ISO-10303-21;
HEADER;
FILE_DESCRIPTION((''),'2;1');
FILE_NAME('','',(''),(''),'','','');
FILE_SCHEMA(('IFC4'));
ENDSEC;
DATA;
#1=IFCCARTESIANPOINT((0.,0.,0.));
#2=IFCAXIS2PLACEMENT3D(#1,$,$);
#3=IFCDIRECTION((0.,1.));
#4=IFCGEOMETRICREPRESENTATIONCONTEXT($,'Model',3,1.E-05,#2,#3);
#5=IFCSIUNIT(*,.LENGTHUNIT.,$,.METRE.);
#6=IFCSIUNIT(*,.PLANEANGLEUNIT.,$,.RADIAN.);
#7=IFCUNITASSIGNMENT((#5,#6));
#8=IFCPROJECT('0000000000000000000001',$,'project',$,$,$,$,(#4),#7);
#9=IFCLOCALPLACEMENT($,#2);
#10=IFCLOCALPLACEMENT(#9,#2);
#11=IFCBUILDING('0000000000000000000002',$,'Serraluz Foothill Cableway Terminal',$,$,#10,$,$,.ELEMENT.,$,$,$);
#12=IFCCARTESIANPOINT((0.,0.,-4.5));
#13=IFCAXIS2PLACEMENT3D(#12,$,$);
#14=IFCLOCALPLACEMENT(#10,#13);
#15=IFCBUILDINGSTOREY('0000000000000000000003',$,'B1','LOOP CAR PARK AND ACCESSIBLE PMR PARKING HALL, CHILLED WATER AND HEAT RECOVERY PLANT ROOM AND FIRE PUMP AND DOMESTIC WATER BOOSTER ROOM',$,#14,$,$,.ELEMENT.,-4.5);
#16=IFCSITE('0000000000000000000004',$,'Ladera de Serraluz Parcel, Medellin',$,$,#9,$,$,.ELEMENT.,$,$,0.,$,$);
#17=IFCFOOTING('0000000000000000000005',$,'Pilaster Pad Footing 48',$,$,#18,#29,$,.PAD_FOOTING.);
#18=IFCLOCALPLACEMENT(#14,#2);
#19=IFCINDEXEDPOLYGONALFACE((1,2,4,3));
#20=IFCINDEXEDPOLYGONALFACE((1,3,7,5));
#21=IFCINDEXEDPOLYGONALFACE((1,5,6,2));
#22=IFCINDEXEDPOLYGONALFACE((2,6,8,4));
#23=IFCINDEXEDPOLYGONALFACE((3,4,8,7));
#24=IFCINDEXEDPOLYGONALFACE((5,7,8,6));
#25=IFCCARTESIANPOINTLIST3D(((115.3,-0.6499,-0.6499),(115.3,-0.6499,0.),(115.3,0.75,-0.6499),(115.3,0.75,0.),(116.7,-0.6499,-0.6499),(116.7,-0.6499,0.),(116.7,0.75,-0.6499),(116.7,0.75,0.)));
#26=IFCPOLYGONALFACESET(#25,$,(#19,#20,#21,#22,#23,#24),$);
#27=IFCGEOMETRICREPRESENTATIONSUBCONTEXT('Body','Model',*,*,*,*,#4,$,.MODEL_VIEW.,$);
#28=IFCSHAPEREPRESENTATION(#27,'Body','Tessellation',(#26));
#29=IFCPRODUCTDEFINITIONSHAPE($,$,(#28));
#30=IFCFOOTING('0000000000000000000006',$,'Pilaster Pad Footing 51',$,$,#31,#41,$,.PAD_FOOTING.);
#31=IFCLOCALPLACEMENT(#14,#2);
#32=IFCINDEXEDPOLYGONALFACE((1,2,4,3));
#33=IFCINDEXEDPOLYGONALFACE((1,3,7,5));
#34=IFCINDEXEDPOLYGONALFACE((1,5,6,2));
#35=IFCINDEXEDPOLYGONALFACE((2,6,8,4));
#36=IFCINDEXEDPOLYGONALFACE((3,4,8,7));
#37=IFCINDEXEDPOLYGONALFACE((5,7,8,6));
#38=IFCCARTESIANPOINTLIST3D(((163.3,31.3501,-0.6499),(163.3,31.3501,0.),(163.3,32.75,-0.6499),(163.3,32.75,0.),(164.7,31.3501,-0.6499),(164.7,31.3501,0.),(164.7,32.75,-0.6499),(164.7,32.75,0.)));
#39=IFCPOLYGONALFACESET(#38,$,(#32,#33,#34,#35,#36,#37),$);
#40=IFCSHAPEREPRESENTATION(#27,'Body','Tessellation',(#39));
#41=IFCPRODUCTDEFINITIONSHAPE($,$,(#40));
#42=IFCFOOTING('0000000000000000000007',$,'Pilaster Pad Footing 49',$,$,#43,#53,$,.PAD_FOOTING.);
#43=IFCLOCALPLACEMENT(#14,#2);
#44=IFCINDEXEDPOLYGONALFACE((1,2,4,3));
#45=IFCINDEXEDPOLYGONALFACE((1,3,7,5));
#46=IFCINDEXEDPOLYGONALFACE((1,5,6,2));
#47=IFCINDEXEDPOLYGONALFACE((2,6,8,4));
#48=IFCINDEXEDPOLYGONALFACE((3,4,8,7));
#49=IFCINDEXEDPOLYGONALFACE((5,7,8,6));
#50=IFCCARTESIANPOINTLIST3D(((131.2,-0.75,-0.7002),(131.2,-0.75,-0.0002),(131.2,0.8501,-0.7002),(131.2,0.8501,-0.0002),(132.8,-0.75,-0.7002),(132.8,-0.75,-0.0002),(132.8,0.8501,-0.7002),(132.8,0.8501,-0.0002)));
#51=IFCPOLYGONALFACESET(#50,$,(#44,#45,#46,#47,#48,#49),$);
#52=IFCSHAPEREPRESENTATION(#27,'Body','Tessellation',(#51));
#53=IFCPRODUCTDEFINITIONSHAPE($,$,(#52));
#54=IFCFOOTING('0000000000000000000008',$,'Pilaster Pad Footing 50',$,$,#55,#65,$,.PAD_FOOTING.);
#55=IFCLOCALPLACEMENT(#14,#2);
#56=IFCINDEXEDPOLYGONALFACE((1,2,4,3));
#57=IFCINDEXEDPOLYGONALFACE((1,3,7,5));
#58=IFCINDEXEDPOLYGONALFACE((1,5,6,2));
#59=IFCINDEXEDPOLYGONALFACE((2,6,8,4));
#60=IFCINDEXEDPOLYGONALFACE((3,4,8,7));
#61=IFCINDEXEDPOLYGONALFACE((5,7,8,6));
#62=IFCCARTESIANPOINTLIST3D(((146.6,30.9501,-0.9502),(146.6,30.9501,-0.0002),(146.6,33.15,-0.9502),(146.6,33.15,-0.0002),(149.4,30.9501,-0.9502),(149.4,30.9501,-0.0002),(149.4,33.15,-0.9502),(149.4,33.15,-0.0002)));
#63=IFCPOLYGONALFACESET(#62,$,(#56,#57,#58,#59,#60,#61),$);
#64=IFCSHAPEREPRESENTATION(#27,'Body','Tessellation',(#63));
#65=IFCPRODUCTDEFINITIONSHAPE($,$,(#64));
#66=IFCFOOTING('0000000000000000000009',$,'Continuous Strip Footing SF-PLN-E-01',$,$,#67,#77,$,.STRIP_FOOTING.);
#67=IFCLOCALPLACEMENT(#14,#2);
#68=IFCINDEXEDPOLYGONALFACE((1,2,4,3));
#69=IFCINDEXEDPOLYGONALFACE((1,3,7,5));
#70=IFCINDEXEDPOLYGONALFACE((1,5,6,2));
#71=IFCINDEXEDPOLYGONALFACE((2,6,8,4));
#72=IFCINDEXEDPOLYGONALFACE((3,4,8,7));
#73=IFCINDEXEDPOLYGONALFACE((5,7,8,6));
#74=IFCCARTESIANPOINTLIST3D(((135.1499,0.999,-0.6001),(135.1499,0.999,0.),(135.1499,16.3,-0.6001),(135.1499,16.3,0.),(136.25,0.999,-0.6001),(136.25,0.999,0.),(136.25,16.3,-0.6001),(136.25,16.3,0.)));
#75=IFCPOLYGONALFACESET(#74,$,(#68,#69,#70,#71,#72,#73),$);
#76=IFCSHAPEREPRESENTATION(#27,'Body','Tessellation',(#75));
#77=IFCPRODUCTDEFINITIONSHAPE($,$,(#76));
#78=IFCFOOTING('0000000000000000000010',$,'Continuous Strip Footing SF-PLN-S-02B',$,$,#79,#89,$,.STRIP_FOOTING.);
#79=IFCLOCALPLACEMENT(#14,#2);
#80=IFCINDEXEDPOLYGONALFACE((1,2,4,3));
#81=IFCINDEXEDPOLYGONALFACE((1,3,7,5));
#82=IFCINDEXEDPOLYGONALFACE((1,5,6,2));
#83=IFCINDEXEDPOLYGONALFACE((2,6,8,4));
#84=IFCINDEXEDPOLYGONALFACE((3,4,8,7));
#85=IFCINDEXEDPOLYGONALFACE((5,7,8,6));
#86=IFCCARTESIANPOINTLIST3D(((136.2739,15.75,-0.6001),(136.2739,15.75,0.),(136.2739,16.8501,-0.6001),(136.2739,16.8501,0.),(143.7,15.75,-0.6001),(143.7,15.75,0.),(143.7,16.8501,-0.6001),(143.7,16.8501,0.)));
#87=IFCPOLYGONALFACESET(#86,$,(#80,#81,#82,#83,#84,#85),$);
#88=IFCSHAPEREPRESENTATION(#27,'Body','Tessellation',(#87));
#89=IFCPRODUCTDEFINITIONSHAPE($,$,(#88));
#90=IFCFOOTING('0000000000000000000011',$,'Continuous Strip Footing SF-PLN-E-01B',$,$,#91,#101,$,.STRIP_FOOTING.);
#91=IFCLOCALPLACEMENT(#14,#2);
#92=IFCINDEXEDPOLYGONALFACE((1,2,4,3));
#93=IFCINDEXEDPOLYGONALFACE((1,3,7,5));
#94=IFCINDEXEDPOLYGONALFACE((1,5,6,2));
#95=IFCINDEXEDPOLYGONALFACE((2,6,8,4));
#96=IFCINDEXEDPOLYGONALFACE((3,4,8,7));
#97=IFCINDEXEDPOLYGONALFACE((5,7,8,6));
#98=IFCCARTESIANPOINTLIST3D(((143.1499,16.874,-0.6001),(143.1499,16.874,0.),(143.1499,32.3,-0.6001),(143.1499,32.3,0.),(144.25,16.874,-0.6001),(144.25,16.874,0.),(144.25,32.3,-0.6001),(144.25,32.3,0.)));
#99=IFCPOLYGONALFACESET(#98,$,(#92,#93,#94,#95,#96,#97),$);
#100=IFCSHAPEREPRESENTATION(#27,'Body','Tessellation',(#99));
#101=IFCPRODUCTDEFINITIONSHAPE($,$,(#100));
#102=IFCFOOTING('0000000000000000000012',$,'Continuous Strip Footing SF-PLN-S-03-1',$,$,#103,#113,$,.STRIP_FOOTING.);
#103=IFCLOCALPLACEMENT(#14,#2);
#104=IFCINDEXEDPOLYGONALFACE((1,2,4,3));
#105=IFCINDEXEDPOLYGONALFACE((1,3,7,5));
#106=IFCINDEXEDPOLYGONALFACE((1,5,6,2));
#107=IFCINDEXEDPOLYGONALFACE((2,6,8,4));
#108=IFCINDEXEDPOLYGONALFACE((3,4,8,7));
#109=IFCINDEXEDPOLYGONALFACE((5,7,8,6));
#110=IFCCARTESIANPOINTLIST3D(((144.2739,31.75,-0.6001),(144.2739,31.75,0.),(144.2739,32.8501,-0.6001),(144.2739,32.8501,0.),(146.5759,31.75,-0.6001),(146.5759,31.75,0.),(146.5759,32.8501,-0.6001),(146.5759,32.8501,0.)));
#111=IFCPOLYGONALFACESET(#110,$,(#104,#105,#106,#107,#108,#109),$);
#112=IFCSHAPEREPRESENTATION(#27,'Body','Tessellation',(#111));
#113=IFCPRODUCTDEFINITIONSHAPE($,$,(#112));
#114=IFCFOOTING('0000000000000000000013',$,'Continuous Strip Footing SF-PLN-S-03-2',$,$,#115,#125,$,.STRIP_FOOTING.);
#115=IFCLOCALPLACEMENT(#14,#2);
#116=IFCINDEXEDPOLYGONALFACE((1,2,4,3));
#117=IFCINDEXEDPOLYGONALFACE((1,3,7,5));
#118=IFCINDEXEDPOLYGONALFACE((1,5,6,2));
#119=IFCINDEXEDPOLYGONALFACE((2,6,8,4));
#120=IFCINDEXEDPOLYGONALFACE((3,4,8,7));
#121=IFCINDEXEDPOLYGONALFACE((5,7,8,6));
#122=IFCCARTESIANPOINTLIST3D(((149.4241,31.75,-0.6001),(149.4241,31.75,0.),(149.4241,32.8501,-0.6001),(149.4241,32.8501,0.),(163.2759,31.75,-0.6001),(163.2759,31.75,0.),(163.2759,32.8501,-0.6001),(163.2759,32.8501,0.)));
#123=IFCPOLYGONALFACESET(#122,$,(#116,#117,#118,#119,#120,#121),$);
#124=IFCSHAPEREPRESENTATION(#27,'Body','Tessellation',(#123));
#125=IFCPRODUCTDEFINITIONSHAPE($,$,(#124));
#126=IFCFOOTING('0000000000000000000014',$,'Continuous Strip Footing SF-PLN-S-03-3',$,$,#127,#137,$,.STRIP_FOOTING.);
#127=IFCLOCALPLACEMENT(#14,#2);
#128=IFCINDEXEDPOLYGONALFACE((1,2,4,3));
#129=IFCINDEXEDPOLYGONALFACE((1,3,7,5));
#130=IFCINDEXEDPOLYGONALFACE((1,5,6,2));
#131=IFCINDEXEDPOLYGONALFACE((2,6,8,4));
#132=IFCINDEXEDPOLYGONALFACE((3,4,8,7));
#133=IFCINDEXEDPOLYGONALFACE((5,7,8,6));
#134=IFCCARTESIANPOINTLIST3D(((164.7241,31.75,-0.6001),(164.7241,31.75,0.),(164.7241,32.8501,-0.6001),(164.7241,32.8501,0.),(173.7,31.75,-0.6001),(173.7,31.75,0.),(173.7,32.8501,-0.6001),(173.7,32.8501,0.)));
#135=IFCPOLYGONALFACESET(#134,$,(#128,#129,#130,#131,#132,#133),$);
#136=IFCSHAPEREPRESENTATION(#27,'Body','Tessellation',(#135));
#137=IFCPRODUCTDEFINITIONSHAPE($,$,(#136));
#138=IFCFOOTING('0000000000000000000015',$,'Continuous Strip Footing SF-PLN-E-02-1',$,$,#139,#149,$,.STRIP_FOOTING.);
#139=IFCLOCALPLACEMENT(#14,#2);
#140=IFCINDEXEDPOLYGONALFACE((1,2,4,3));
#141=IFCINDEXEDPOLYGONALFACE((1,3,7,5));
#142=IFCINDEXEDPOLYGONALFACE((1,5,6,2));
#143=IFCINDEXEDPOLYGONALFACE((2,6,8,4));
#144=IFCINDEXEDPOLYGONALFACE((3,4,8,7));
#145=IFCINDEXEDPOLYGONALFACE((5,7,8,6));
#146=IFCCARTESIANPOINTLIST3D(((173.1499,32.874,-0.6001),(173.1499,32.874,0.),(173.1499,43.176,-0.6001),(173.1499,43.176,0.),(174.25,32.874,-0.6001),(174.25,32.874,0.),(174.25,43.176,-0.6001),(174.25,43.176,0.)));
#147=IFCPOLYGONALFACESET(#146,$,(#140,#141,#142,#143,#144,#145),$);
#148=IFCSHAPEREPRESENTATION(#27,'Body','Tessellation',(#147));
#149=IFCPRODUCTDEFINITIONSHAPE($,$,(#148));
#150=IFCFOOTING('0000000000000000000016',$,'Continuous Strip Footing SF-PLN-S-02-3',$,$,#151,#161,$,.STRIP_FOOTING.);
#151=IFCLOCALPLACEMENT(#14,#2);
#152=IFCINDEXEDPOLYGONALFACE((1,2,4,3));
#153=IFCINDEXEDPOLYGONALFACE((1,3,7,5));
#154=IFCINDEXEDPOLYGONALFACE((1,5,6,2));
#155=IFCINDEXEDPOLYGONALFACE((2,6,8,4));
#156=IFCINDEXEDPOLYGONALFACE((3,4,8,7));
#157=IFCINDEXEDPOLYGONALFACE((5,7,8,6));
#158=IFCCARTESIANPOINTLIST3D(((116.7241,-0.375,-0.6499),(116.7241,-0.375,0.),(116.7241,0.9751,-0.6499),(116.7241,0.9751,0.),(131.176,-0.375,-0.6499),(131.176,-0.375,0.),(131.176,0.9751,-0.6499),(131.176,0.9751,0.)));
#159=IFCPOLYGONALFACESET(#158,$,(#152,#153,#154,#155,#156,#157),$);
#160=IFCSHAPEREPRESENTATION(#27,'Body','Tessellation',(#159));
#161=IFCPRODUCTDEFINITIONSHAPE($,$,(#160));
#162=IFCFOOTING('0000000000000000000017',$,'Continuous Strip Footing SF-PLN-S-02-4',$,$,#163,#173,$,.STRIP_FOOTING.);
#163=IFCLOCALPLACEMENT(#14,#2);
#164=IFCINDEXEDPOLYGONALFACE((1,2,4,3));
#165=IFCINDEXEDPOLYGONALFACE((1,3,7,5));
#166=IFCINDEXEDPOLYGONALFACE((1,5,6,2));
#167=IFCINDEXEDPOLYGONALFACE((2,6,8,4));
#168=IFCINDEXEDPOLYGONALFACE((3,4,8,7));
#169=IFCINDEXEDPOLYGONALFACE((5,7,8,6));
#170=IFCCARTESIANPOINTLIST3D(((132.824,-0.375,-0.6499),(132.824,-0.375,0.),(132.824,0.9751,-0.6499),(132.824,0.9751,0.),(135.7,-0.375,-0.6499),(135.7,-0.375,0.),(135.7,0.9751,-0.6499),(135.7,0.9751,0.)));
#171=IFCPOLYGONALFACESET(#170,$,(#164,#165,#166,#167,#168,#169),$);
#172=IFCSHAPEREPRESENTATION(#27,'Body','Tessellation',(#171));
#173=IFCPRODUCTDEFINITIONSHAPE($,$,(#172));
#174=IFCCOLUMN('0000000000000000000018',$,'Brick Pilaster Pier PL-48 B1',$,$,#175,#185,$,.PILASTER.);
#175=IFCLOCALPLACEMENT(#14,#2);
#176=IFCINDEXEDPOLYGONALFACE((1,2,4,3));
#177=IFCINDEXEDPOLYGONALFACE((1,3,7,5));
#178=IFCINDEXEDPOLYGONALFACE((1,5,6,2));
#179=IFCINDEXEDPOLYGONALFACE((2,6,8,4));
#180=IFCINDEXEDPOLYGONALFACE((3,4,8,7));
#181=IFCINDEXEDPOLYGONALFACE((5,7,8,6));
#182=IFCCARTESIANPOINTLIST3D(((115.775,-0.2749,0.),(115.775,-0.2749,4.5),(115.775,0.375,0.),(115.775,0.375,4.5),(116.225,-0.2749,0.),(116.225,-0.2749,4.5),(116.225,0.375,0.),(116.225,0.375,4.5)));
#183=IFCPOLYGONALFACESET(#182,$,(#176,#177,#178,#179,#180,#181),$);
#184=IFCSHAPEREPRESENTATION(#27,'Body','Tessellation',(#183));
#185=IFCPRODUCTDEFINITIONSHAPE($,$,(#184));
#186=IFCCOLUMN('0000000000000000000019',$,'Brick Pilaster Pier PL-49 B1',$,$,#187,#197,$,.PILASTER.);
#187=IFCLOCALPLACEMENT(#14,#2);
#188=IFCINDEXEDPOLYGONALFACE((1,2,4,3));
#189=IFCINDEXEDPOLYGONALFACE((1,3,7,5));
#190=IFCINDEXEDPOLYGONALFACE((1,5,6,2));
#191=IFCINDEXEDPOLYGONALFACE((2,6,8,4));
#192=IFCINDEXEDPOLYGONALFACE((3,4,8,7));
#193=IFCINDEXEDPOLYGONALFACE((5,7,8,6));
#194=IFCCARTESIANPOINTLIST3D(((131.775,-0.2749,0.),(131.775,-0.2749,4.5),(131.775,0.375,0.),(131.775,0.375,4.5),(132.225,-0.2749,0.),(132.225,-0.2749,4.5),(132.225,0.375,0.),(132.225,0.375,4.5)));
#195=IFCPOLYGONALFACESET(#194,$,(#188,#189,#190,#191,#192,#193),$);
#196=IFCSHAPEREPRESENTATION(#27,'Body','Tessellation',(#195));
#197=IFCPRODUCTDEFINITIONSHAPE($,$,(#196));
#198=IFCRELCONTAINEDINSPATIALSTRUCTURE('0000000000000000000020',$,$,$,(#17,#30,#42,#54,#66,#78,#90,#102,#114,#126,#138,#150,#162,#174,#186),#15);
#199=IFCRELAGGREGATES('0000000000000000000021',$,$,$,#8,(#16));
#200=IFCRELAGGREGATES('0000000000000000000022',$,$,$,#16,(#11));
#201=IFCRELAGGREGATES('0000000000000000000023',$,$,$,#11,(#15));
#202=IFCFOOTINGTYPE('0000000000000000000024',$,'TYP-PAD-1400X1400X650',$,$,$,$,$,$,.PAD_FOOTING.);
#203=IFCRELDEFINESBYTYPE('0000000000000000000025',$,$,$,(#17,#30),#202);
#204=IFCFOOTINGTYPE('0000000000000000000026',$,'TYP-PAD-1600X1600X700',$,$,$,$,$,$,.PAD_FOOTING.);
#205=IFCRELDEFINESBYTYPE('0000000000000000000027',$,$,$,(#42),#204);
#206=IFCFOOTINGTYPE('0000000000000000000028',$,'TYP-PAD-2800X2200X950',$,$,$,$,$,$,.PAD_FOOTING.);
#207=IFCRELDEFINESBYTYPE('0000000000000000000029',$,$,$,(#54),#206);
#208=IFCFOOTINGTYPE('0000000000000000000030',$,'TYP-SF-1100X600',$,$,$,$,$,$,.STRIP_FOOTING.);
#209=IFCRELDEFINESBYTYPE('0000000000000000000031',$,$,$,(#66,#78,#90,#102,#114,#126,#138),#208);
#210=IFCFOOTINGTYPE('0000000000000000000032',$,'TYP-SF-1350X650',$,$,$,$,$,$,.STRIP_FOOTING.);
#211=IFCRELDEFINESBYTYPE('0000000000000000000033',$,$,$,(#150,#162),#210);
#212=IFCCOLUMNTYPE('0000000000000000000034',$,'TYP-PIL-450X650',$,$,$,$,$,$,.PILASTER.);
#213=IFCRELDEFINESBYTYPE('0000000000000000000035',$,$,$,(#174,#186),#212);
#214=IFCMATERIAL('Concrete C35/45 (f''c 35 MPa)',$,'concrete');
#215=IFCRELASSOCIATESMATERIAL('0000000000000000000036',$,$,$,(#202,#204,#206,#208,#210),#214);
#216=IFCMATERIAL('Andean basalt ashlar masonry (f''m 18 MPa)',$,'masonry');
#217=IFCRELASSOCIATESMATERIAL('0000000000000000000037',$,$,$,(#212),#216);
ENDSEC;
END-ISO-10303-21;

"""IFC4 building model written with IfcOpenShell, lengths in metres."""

from ifc_helpers import new_model, si_unit, direction, frame, origin, origin_2d, place, context, subcontext, project, spatial, rectangle, extrude, material, material_profile, profile_set, type_object, element, save


model = new_model("IFC4")

# Units and contexts
model_context = context("Model", 3, precision=1e-05, world=origin(), true_north=direction((0.0, 1.0)))
body_context = subcontext(model_context, "Body", "Model", "MODEL_VIEW")
ifc_project = project(units=[si_unit("LENGTHUNIT", "METRE"), si_unit("PLANEANGLEUNIT", "RADIAN")], contexts=[model_context])

# Site, building, storey
site_placement = place(None, origin())
site = spatial("IfcSite", under=ifc_project, at=site_placement, Name="Ladera de Serraluz Parcel, Medellin", CompositionType="ELEMENT", RefElevation=0.0)
building_placement = place(site_placement, origin())
building = spatial("IfcBuilding", under=site, at=building_placement, Name="Serraluz Foothill Cableway Terminal", CompositionType="ELEMENT")
storey_placement = place(building_placement, frame((0.0, 0.0, -4.5)))
storey = spatial("IfcBuildingStorey", under=building, at=storey_placement, Name="B1", Description="LOOP CAR PARK AND ACCESSIBLE PMR PARKING HALL, CHILLED WATER AND HEAT RECOVERY PLANT ROOM AND FIRE PUMP AND DOMESTIC WATER BOOSTER ROOM", CompositionType="ELEMENT", Elevation=-4.5)

# Footings
ifc_material_1 = material(Name="Concrete C35/45 (f'c 35 MPa)", Category="concrete")
footing_type_1 = type_object("IfcFootingType", Name="TYP-PAD-1400X1400X650", PredefinedType="PAD_FOOTING", material=ifc_material_1)
for number, where, z_axis, x_axis, name in (
    (1, (116.0, 0.05, -0.6499), (0.0, 0.0, 1.0), (1.0, 0.0, 0.0), "Pilaster Pad Footing 48"),
    (2, (164.0, 32.05, -0.6499), (0.0, 0.0, 1.0), (1.0, 0.0, 0.0), "Pilaster Pad Footing 51"),
):
    element("IfcFooting", number, at=place(storey_placement, frame(where, z_axis=z_axis, x_axis=x_axis)), inside=storey, type_object=footing_type_1, Name=name, PredefinedType="PAD_FOOTING", context=body_context, shape_type="SweptSolid", body=[
        extrude(rectangle(XDim=1.3999, YDim=1.3999, at=origin_2d()), origin(), (0.0, 0.0, 1.0), 0.6499),
    ])
footing_type_2 = type_object("IfcFootingType", Name="TYP-PAD-1600X1600X700", PredefinedType="PAD_FOOTING", material=ifc_material_1)
footing_1_placement = place(storey_placement, frame((132.0, 0.05, -0.7002), z_axis=(0.0, 0.0, 1.0), x_axis=(1.0, 0.0, 0.0)))
element("IfcFooting", 3, at=footing_1_placement, inside=storey, type_object=footing_type_2, Name="Pilaster Pad Footing 49", PredefinedType="PAD_FOOTING", context=body_context, shape_type="SweptSolid", body=[
    extrude(rectangle(XDim=1.6001, YDim=1.6001, at=origin_2d()), origin(), (0.0, 0.0, 1.0), 0.7),
])
footing_type_3 = type_object("IfcFootingType", Name="TYP-PAD-2800X2200X950", PredefinedType="PAD_FOOTING", material=ifc_material_1)
footing_2_placement = place(storey_placement, frame((148.0, 32.05, -0.9502), z_axis=(0.0, 0.0, 1.0), x_axis=(1.0, 0.0, 0.0)))
element("IfcFooting", 4, at=footing_2_placement, inside=storey, type_object=footing_type_3, Name="Pilaster Pad Footing 50", PredefinedType="PAD_FOOTING", context=body_context, shape_type="SweptSolid", body=[
    extrude(rectangle(XDim=2.8, YDim=2.2, at=origin_2d()), origin(), (0.0, 0.0, 1.0), 0.95),
])
ifc_material_profile_1 = material_profile(ifc_material_1, rectangle(XDim=1.1001, YDim=0.6001, at=origin_2d()), Name="SF 1100x600")
ifc_profile_set_1 = profile_set([ifc_material_profile_1], Name="Concrete C35/45 (f'c 35 MPa)")
footing_type_4 = type_object("IfcFootingType", Name="TYP-SF-1100X600", PredefinedType="STRIP_FOOTING", material=ifc_profile_set_1)
footing_3_placement = place(storey_placement, frame((135.7, 0.999, -0.3), z_axis=(0.0, 1.0, 0.0), x_axis=(-1.0, 0.0, 0.0)))
element("IfcFooting", 5, at=footing_3_placement, inside=storey, type_object=footing_type_4, Name="Continuous Strip Footing SF-PLN-E-01", PredefinedType="STRIP_FOOTING", context=body_context, shape_type="SweptSolid", body=[
    extrude(rectangle(XDim=1.1001, YDim=0.6001, at=origin_2d()), origin(), (0.0, 0.0, 1.0), 15.301),
])
footing_4_placement = place(storey_placement, frame((136.2739, 16.3, -0.3), z_axis=(1.0, 0.0, 0.0), x_axis=(0.0, 1.0, 0.0)))
element("IfcFooting", 6, at=footing_4_placement, inside=storey, type_object=footing_type_4, Name="Continuous Strip Footing SF-PLN-S-02B", PredefinedType="STRIP_FOOTING", context=body_context, shape_type="SweptSolid", body=[
    extrude(rectangle(XDim=1.1001, YDim=0.6001, at=origin_2d()), origin(), (0.0, 0.0, 1.0), 7.426),
])
footing_5_placement = place(storey_placement, frame((143.7, 16.874, -0.3), z_axis=(0.0, 1.0, 0.0), x_axis=(-1.0, 0.0, 0.0)))
element("IfcFooting", 7, at=footing_5_placement, inside=storey, type_object=footing_type_4, Name="Continuous Strip Footing SF-PLN-E-01B", PredefinedType="STRIP_FOOTING", context=body_context, shape_type="SweptSolid", body=[
    extrude(rectangle(XDim=1.1001, YDim=0.6001, at=origin_2d()), origin(), (0.0, 0.0, 1.0), 15.426),
])
footing_6_placement = place(storey_placement, frame((144.2739, 32.3, -0.3), z_axis=(1.0, 0.0, 0.0), x_axis=(0.0, 1.0, 0.0)))
element("IfcFooting", 8, at=footing_6_placement, inside=storey, type_object=footing_type_4, Name="Continuous Strip Footing SF-PLN-S-03-1", PredefinedType="STRIP_FOOTING", context=body_context, shape_type="SweptSolid", body=[
    extrude(rectangle(XDim=1.1001, YDim=0.6001, at=origin_2d()), origin(), (0.0, 0.0, 1.0), 2.302),
])
footing_7_placement = place(storey_placement, frame((149.4241, 32.3, -0.3), z_axis=(1.0, 0.0, 0.0), x_axis=(0.0, 1.0, 0.0)))
element("IfcFooting", 9, at=footing_7_placement, inside=storey, type_object=footing_type_4, Name="Continuous Strip Footing SF-PLN-S-03-2", PredefinedType="STRIP_FOOTING", context=body_context, shape_type="SweptSolid", body=[
    extrude(rectangle(XDim=1.1001, YDim=0.6001, at=origin_2d()), origin(), (0.0, 0.0, 1.0), 13.8518),
])
footing_8_placement = place(storey_placement, frame((164.7241, 32.3, -0.3), z_axis=(1.0, 0.0, 0.0), x_axis=(0.0, 1.0, 0.0)))
element("IfcFooting", 10, at=footing_8_placement, inside=storey, type_object=footing_type_4, Name="Continuous Strip Footing SF-PLN-S-03-3", PredefinedType="STRIP_FOOTING", context=body_context, shape_type="SweptSolid", body=[
    extrude(rectangle(XDim=1.1001, YDim=0.6001, at=origin_2d()), origin(), (0.0, 0.0, 1.0), 8.9758),
])
footing_9_placement = place(storey_placement, frame((173.7, 32.874, -0.3), z_axis=(0.0, 1.0, 0.0), x_axis=(-1.0, 0.0, 0.0)))
element("IfcFooting", 11, at=footing_9_placement, inside=storey, type_object=footing_type_4, Name="Continuous Strip Footing SF-PLN-E-02-1", PredefinedType="STRIP_FOOTING", context=body_context, shape_type="SweptSolid", body=[
    extrude(rectangle(XDim=1.1001, YDim=0.6001, at=origin_2d()), origin(), (0.0, 0.0, 1.0), 10.302),
])
ifc_material_profile_2 = material_profile(ifc_material_1, rectangle(XDim=1.3501, YDim=0.6499, at=origin_2d()), Name="SF 1350x650")
ifc_profile_set_2 = profile_set([ifc_material_profile_2], Name="Concrete C35/45 (f'c 35 MPa)")
footing_type_5 = type_object("IfcFootingType", Name="TYP-SF-1350X650", PredefinedType="STRIP_FOOTING", material=ifc_profile_set_2)
footing_10_placement = place(storey_placement, frame((116.7241, 0.3, -0.325), z_axis=(1.0, 0.0, 0.0), x_axis=(0.0, 1.0, 0.0)))
element("IfcFooting", 12, at=footing_10_placement, inside=storey, type_object=footing_type_5, Name="Continuous Strip Footing SF-PLN-S-02-3", PredefinedType="STRIP_FOOTING", context=body_context, shape_type="SweptSolid", body=[
    extrude(rectangle(XDim=1.3501, YDim=0.6499, at=origin_2d()), origin(), (0.0, 0.0, 1.0), 14.4519),
])
footing_11_placement = place(storey_placement, frame((132.824, 0.3, -0.325), z_axis=(1.0, 0.0, 0.0), x_axis=(0.0, 1.0, 0.0)))
element("IfcFooting", 13, at=footing_11_placement, inside=storey, type_object=footing_type_5, Name="Continuous Strip Footing SF-PLN-S-02-4", PredefinedType="STRIP_FOOTING", context=body_context, shape_type="SweptSolid", body=[
    extrude(rectangle(XDim=1.3501, YDim=0.6499, at=origin_2d()), origin(), (0.0, 0.0, 1.0), 2.876),
])

# Columns
ifc_material_2 = material(Name="Andean basalt ashlar masonry (f'm 18 MPa)", Category="masonry")
ifc_material_profile_3 = material_profile(ifc_material_2, rectangle(XDim=0.45, YDim=0.6499, at=origin_2d()), Name="PIL 450x650")
ifc_profile_set_3 = profile_set([ifc_material_profile_3], Name="Andean basalt ashlar masonry (f'm 18 MPa)")
column_type = type_object("IfcColumnType", Name="TYP-PIL-450X650", PredefinedType="PILASTER", material=ifc_profile_set_3)
for number, where, z_axis, x_axis, name in (
    (14, (116.0, 0.05, 0.0), (0.0, 0.0, 1.0), (1.0, 0.0, 0.0), "Brick Pilaster Pier PL-48 B1"),
    (15, (132.0, 0.05, 0.0), (0.0, 0.0, 1.0), (1.0, 0.0, 0.0), "Brick Pilaster Pier PL-49 B1"),
):
    element("IfcColumn", number, at=place(storey_placement, frame(where, z_axis=z_axis, x_axis=x_axis)), inside=storey, type_object=column_type, Name=name, PredefinedType="PILASTER", context=body_context, shape_type="SweptSolid", body=[
        extrude(rectangle(XDim=0.45, YDim=0.6499, at=origin_2d()), origin(), (0.0, 0.0, 1.0), 4.5),
    ])

save(model, "model.ifc")
